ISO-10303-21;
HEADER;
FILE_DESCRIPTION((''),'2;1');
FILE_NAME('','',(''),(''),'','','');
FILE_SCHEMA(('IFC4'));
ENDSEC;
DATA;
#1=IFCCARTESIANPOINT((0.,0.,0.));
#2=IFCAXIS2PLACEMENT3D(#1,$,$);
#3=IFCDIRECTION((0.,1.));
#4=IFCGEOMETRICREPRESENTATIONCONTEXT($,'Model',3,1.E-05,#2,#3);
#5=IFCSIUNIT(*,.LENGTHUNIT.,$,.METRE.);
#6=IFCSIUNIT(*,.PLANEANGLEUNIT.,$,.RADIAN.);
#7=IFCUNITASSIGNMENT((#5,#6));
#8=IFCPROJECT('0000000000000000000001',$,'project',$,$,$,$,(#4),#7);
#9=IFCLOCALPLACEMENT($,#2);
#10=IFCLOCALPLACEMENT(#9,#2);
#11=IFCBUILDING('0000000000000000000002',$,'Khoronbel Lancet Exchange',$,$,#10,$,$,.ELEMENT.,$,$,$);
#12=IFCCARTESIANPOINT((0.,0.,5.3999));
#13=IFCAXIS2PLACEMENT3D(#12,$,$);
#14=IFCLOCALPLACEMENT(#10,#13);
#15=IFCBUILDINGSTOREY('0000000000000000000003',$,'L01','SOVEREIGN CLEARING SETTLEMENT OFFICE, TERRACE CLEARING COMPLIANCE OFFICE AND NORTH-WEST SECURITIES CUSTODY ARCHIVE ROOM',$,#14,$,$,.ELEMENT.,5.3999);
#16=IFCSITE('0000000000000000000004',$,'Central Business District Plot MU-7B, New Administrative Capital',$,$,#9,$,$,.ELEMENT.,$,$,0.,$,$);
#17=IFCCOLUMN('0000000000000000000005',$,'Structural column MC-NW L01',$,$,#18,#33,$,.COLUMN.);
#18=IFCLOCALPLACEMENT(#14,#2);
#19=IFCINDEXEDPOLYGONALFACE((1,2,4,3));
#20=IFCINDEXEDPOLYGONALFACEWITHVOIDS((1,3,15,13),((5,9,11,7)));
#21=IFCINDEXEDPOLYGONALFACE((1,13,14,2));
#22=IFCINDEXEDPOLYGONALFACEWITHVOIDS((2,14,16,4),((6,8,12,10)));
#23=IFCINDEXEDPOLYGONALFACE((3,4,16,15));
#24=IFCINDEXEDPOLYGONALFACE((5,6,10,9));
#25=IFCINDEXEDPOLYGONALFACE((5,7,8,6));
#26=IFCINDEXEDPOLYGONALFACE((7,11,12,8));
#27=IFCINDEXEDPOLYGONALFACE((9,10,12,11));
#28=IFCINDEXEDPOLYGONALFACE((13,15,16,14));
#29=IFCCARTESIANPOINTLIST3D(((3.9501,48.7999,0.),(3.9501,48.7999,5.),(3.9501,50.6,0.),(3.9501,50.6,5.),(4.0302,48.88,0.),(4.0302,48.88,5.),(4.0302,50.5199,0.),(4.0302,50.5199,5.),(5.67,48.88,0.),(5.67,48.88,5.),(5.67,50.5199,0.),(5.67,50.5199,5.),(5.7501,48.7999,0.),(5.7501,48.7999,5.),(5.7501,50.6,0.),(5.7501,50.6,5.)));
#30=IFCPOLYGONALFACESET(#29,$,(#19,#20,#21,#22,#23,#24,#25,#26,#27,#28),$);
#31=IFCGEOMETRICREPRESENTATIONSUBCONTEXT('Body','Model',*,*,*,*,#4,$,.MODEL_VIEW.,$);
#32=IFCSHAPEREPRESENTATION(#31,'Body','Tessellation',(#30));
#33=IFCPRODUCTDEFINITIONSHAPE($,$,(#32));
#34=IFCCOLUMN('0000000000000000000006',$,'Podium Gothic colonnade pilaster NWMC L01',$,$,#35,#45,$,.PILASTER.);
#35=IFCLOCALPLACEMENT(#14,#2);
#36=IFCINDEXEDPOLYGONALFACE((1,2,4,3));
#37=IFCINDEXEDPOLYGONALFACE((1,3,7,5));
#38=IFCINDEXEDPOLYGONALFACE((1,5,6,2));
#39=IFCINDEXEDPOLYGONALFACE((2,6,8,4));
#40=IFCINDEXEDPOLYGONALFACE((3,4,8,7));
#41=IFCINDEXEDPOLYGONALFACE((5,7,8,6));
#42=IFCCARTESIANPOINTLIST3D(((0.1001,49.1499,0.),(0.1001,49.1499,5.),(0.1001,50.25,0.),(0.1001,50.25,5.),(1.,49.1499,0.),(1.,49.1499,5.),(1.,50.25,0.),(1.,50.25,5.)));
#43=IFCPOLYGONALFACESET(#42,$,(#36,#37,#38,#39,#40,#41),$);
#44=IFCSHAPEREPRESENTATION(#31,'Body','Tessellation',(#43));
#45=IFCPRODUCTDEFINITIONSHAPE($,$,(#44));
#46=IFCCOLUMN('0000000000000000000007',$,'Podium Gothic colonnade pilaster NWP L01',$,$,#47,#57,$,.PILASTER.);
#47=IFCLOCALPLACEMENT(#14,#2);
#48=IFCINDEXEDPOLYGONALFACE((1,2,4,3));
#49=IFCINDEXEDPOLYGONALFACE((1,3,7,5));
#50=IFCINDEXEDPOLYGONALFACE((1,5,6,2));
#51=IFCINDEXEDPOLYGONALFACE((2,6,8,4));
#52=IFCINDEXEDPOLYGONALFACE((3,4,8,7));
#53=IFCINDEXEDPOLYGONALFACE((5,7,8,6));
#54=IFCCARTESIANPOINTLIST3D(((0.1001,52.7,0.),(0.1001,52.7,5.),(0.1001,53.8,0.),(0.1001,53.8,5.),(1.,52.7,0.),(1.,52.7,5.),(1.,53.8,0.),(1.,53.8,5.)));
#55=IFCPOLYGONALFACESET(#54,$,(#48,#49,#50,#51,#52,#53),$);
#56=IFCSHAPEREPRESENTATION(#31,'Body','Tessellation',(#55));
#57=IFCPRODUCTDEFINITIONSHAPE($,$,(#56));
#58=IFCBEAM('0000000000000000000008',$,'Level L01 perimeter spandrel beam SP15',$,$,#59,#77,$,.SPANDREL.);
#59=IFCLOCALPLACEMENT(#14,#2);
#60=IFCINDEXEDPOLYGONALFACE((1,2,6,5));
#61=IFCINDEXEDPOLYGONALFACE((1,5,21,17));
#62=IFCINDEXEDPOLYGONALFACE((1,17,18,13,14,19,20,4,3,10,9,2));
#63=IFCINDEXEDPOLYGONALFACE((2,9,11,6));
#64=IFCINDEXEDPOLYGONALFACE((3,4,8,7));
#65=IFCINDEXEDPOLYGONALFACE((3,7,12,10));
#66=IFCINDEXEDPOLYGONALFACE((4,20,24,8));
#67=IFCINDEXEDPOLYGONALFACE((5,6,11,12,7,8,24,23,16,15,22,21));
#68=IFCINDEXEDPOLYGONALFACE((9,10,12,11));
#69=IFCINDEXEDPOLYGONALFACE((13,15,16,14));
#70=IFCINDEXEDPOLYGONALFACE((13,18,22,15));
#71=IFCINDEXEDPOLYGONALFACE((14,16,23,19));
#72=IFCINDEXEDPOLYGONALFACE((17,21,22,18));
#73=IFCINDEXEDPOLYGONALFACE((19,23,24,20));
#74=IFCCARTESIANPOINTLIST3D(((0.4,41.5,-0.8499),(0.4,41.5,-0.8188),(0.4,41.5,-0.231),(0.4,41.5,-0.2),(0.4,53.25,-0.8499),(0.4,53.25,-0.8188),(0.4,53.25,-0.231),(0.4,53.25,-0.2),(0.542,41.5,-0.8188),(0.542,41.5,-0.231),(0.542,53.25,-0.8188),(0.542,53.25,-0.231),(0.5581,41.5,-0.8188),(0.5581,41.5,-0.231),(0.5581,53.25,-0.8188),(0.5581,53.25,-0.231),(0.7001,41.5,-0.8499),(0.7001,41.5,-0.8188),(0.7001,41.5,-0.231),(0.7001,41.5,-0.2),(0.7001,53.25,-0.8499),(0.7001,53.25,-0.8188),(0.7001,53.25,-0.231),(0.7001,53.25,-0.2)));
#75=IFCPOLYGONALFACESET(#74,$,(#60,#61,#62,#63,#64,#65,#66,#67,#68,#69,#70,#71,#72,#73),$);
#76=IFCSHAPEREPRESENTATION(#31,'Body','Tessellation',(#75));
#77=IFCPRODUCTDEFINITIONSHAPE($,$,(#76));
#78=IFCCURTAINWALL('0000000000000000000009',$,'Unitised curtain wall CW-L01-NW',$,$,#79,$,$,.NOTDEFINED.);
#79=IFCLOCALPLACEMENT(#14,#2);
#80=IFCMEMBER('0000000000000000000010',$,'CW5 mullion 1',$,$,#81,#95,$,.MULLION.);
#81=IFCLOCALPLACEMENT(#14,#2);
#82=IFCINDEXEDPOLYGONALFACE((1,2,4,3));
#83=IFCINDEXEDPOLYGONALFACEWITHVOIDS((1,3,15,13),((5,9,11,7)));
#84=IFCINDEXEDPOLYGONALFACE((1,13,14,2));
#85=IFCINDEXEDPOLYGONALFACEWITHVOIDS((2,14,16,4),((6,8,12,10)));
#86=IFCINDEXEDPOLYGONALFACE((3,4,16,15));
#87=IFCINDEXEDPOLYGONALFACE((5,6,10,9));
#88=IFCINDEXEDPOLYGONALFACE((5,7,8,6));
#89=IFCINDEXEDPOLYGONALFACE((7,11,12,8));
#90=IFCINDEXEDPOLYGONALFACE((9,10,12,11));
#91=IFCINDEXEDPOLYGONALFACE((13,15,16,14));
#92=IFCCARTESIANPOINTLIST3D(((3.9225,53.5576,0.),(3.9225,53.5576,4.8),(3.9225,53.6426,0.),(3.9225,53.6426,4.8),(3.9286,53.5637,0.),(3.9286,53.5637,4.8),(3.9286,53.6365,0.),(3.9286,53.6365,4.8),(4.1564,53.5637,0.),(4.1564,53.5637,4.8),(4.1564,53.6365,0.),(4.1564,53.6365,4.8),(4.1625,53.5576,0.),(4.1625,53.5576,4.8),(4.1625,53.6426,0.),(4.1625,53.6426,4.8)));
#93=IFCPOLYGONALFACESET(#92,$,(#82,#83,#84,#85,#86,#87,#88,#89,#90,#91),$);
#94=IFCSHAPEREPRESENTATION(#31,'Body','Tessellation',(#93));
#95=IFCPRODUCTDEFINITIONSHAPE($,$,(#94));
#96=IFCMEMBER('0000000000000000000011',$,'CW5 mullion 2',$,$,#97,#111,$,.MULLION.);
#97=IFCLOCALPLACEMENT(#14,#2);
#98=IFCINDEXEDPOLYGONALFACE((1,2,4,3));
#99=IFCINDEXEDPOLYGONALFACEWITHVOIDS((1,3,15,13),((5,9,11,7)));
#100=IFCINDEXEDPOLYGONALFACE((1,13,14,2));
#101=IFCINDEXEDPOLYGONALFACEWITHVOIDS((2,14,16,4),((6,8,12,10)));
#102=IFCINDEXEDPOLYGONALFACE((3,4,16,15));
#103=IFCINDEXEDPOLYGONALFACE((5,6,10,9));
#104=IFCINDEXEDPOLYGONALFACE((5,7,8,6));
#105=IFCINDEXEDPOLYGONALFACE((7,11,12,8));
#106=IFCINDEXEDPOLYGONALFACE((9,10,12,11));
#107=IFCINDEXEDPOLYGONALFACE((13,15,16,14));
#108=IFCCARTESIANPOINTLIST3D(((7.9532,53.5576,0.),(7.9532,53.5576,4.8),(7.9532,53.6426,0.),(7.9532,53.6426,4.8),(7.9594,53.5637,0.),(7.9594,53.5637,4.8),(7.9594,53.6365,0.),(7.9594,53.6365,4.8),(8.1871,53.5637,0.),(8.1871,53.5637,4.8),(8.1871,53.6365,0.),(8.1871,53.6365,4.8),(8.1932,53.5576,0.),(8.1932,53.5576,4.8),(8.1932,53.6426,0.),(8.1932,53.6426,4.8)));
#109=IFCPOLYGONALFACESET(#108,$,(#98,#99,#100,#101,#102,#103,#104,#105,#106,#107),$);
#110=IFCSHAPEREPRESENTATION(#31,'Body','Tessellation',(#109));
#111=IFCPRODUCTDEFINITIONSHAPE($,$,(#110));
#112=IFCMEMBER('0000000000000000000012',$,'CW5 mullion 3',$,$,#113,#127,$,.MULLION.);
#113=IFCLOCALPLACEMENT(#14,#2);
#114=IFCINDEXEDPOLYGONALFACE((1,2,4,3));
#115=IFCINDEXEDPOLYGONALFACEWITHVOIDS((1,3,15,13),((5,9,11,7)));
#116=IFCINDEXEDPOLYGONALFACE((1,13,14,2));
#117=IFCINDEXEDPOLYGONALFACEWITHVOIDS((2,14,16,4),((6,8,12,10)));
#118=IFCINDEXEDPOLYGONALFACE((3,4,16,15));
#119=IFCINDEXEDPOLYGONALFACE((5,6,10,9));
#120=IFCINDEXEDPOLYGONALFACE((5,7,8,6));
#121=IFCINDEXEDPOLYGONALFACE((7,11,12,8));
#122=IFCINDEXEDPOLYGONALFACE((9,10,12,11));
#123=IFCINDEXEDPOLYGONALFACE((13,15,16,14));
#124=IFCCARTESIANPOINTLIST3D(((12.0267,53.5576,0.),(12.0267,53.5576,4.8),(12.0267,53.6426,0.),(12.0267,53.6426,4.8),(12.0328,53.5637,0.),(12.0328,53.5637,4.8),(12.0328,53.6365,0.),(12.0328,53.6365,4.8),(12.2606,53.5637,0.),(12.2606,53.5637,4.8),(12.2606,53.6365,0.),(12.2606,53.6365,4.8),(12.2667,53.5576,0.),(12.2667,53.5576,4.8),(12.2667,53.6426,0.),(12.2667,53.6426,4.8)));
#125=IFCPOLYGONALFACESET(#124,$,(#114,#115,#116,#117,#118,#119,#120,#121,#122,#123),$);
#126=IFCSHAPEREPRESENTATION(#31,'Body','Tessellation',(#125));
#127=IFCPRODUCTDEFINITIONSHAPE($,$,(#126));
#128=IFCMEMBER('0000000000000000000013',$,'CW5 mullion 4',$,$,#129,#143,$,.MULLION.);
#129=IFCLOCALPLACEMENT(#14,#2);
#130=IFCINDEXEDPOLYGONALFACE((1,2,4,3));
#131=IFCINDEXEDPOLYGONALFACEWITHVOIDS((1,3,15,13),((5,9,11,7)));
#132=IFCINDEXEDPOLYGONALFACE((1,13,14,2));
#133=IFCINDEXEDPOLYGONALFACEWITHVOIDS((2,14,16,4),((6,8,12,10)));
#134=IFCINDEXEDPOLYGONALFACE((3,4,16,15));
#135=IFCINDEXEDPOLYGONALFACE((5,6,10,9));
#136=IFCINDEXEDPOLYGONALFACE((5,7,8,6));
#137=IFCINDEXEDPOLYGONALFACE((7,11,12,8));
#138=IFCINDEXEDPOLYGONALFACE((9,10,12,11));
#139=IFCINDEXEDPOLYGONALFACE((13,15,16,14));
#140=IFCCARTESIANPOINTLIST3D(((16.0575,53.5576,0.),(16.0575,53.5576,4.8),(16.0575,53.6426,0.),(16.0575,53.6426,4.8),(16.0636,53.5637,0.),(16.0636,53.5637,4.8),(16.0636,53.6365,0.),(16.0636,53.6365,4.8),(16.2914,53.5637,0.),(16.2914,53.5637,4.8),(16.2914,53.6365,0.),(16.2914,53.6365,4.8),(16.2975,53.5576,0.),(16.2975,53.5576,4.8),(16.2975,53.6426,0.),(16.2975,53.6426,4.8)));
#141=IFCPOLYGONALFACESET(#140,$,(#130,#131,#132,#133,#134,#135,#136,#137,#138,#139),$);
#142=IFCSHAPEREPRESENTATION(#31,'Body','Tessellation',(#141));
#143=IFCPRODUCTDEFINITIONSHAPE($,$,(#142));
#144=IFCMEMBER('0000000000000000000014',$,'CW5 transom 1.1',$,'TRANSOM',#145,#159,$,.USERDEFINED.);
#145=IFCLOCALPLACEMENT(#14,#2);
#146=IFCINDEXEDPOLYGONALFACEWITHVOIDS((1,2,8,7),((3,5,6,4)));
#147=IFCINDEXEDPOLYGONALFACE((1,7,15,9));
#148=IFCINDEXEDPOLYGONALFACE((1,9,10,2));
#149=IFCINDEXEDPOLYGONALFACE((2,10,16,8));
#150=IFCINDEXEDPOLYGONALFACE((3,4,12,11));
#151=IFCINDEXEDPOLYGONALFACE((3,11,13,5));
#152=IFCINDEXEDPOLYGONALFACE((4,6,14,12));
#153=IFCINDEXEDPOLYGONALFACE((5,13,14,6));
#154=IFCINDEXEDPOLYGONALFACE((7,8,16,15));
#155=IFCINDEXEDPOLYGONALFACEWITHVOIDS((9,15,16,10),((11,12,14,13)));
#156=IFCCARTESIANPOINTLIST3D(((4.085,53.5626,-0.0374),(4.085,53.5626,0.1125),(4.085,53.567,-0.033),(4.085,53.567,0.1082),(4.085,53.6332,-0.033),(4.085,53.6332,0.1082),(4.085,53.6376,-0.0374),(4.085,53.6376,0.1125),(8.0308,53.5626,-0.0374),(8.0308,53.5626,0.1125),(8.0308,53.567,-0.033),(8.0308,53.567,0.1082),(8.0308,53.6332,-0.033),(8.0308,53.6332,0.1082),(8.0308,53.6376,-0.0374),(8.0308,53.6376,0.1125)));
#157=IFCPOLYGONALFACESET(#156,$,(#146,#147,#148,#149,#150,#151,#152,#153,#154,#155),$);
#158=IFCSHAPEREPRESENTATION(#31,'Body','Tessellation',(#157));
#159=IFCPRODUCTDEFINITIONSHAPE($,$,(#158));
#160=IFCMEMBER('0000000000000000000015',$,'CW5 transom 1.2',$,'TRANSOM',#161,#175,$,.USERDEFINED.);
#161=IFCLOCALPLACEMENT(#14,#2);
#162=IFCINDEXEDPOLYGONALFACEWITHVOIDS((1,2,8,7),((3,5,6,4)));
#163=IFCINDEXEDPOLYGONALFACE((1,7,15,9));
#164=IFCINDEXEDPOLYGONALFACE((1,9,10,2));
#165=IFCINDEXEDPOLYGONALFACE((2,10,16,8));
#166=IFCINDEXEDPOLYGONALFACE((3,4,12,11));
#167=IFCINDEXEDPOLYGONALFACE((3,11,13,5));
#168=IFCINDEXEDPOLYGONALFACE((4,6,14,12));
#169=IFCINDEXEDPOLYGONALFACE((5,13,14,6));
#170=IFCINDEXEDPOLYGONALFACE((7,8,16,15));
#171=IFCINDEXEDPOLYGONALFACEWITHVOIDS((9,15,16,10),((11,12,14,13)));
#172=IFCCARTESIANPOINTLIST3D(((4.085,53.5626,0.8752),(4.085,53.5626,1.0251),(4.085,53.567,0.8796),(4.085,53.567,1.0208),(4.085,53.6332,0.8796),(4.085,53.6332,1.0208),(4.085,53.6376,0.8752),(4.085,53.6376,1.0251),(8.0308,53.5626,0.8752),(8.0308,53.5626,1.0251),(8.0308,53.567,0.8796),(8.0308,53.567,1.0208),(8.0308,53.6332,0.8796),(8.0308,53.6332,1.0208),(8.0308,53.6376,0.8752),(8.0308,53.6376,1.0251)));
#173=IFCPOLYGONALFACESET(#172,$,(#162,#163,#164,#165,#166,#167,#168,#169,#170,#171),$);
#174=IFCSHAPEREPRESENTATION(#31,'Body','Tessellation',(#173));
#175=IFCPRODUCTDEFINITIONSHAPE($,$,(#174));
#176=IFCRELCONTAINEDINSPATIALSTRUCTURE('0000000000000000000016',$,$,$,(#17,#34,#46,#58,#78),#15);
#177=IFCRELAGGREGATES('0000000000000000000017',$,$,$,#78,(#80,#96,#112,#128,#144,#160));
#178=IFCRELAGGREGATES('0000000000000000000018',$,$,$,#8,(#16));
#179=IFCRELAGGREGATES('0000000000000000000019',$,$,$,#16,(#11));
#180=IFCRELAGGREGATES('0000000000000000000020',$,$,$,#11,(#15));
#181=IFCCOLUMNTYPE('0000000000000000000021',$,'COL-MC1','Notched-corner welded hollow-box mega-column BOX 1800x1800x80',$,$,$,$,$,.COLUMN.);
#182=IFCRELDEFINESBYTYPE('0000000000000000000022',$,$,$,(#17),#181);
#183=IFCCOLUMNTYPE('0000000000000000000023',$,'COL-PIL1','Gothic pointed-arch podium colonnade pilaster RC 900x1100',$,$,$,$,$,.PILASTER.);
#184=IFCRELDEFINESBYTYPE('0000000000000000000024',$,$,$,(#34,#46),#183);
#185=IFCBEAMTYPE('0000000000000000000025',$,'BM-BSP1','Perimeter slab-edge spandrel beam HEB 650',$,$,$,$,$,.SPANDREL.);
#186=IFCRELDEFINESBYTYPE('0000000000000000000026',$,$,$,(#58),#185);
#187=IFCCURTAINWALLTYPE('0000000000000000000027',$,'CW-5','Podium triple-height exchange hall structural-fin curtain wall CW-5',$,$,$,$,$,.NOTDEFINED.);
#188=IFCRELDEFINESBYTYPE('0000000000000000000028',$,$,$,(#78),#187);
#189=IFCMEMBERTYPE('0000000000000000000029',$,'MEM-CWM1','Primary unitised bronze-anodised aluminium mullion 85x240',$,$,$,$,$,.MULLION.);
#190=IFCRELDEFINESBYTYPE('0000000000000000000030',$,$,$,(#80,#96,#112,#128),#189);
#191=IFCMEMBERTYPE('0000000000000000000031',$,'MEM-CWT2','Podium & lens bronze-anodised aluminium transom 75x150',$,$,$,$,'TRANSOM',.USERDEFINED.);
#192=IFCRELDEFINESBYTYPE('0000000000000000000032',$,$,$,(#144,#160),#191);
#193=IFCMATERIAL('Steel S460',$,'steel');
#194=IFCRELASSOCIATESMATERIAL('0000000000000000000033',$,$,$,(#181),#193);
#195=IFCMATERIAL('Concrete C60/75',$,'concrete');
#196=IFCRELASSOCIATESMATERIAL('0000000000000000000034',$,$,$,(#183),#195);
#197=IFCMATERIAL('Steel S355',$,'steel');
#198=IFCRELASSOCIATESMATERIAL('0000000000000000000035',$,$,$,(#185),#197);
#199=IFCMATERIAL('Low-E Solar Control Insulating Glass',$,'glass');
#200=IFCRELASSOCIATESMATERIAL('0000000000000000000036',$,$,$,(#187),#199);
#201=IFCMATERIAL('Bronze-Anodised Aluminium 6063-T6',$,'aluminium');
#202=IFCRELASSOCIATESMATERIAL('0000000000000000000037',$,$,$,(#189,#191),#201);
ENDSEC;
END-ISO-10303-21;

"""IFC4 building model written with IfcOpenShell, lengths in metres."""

from ifc_helpers import new_model, si_unit, direction, frame, origin, origin_2d, place, context, subcontext, project, spatial, rectangle, hollow_rectangle, i_section, extrude, material, material_profile, profile_set, type_object, element, aggregate, save


model = new_model("IFC4")

# Units and contexts
model_context = context("Model", 3, precision=1e-05, world=origin(), true_north=direction((0.0, 1.0)))
body_context = subcontext(model_context, "Body", "Model", "MODEL_VIEW")
ifc_project = project(units=[si_unit("LENGTHUNIT", "METRE"), si_unit("PLANEANGLEUNIT", "RADIAN")], contexts=[model_context])

# Site, building, storey
site_placement = place(None, origin())
site = spatial("IfcSite", under=ifc_project, at=site_placement, Name="Central Business District Plot MU-7B, New Administrative Capital", CompositionType="ELEMENT", RefElevation=0.0)
building_placement = place(site_placement, origin())
building = spatial("IfcBuilding", under=site, at=building_placement, Name="Khoronbel Lancet Exchange", CompositionType="ELEMENT")
storey_placement = place(building_placement, frame((0.0, 0.0, 5.3999)))
storey = spatial("IfcBuildingStorey", under=building, at=storey_placement, Name="L01", Description="SOVEREIGN CLEARING SETTLEMENT OFFICE, TERRACE CLEARING COMPLIANCE OFFICE AND NORTH-WEST SECURITIES CUSTODY ARCHIVE ROOM", CompositionType="ELEMENT", Elevation=5.3999)

# Columns
ifc_material_1 = material(Name="Steel S460", Category="steel")
ifc_material_profile_1 = material_profile(ifc_material_1, hollow_rectangle(XDim=1.8, YDim=1.8, WallThickness=0.0801, at=origin_2d()), Name="BOX 1800x1800x80")
ifc_profile_set_1 = profile_set([ifc_material_profile_1], Name="Steel S460")
column_type_1 = type_object("IfcColumnType", Name="COL-MC1", Description="Notched-corner welded hollow-box mega-column BOX 1800x1800x80", PredefinedType="COLUMN", material=ifc_profile_set_1)
column_placement = place(storey_placement, frame((4.8501, 49.7, 0.0), z_axis=(0.0, 0.0, 1.0), x_axis=(1.0, 0.0, 0.0)))
element("IfcColumn", 1, at=column_placement, inside=storey, type_object=column_type_1, Name="Structural column MC-NW L01", PredefinedType="COLUMN", context=body_context, shape_type="SweptSolid", body=[
    extrude(hollow_rectangle(XDim=1.8, YDim=1.8, WallThickness=0.0801, at=origin_2d()), origin(), (0.0, 0.0, 1.0), 5.0),
])
ifc_material_2 = material(Name="Concrete C60/75", Category="concrete")
ifc_material_profile_2 = material_profile(ifc_material_2, rectangle(XDim=0.8999, YDim=1.1001, at=origin_2d()), Name="RC 900x1100")
ifc_profile_set_2 = profile_set([ifc_material_profile_2], Name="Concrete C60/75")
column_type_2 = type_object("IfcColumnType", Name="COL-PIL1", Description="Gothic pointed-arch podium colonnade pilaster RC 900x1100", PredefinedType="PILASTER", material=ifc_profile_set_2)
for number, where, z_axis, x_axis, name in (
    (2, (0.55, 49.7, 0.0), (0.0, 0.0, 1.0), (1.0, 0.0, 0.0), "Podium Gothic colonnade pilaster NWMC L01"),
    (3, (0.55, 53.25, 0.0), (0.0, 0.0, 1.0), (1.0, 0.0, 0.0), "Podium Gothic colonnade pilaster NWP L01"),
):
    element("IfcColumn", number, at=place(storey_placement, frame(where, z_axis=z_axis, x_axis=x_axis)), inside=storey, type_object=column_type_2, Name=name, PredefinedType="PILASTER", context=body_context, shape_type="SweptSolid", body=[
        extrude(rectangle(XDim=0.8999, YDim=1.1001, at=origin_2d()), origin(), (0.0, 0.0, 1.0), 5.0),
    ])

# Beam
ifc_material_3 = material(Name="Steel S355", Category="steel")
ifc_material_profile_3 = material_profile(ifc_material_3, i_section(OverallWidth=0.3, OverallDepth=0.6499, WebThickness=0.0161, FlangeThickness=0.031, at=origin_2d()), Name="HEB 650")
ifc_profile_set_3 = profile_set([ifc_material_profile_3], Name="Steel S355")
beam_type = type_object("IfcBeamType", Name="BM-BSP1", Description="Perimeter slab-edge spandrel beam HEB 650", PredefinedType="SPANDREL", material=ifc_profile_set_3)
beam_placement = place(storey_placement, frame((0.55, 53.25, -0.5249), z_axis=(0.0, -1.0, 0.0), x_axis=(1.0, 0.0, 0.0)))
element("IfcBeam", 4, at=beam_placement, inside=storey, type_object=beam_type, Name="Level L01 perimeter spandrel beam SP15", PredefinedType="SPANDREL", context=body_context, shape_type="SweptSolid", body=[
    extrude(i_section(OverallWidth=0.3, OverallDepth=0.6499, WebThickness=0.0161, FlangeThickness=0.031, at=origin_2d()), origin(), (0.0, 0.0, 1.0), 11.75),
])

# Curtain wall, members
ifc_material_4 = material(Name="Low-E Solar Control Insulating Glass", Category="glass")
curtain_wall_type = type_object("IfcCurtainWallType", Name="CW-5", Description="Podium triple-height exchange hall structural-fin curtain wall CW-5", PredefinedType="NOTDEFINED", material=ifc_material_4)
curtain_wall_placement = place(storey_placement, origin())
curtain_wall = element("IfcCurtainWall", 5, at=curtain_wall_placement, inside=storey, type_object=curtain_wall_type, Name="Unitised curtain wall CW-L01-NW", PredefinedType="NOTDEFINED")
ifc_material_5 = material(Name="Bronze-Anodised Aluminium 6063-T6", Category="aluminium")
ifc_material_profile_4 = material_profile(ifc_material_5, hollow_rectangle(XDim=0.085, YDim=0.24, WallThickness=0.0061, at=origin_2d()), Name="ALU MULLION 85x240")
ifc_profile_set_4 = profile_set([ifc_material_profile_4], Name="Bronze-Anodised Aluminium 6063-T6")
member_type_1 = type_object("IfcMemberType", Name="MEM-CWM1", Description="Primary unitised bronze-anodised aluminium mullion 85x240", PredefinedType="MULLION", material=ifc_profile_set_4)
member_1_placement = place(storey_placement, frame((4.0425, 53.6001, 0.0), z_axis=(0.0, 0.0, 1.0), x_axis=(0.0, 1.0, 0.0)))
member_1 = element("IfcMember", 6, at=member_1_placement, type_object=member_type_1, Name="CW5 mullion 1", PredefinedType="MULLION", context=body_context, shape_type="SweptSolid", body=[
    extrude(hollow_rectangle(XDim=0.085, YDim=0.24, WallThickness=0.0061, at=origin_2d()), origin(), (0.0, 0.0, 1.0), 4.8),
])
member_2_placement = place(storey_placement, frame((8.0732, 53.6001, 0.0), z_axis=(0.0, 0.0, 1.0), x_axis=(0.0, 1.0, 0.0)))
member_2 = element("IfcMember", 7, at=member_2_placement, type_object=member_type_1, Name="CW5 mullion 2", PredefinedType="MULLION", context=body_context, shape_type="SweptSolid", body=[
    extrude(hollow_rectangle(XDim=0.085, YDim=0.24, WallThickness=0.0061, at=origin_2d()), origin(), (0.0, 0.0, 1.0), 4.8),
])
member_3_placement = place(storey_placement, frame((12.1467, 53.6001, 0.0), z_axis=(0.0, 0.0, 1.0), x_axis=(0.0, 1.0, 0.0)))
member_3 = element("IfcMember", 8, at=member_3_placement, type_object=member_type_1, Name="CW5 mullion 3", PredefinedType="MULLION", context=body_context, shape_type="SweptSolid", body=[
    extrude(hollow_rectangle(XDim=0.085, YDim=0.24, WallThickness=0.0061, at=origin_2d()), origin(), (0.0, 0.0, 1.0), 4.8),
])
member_4_placement = place(storey_placement, frame((16.1775, 53.6001, 0.0), z_axis=(0.0, 0.0, 1.0), x_axis=(0.0, 1.0, 0.0)))
member_4 = element("IfcMember", 9, at=member_4_placement, type_object=member_type_1, Name="CW5 mullion 4", PredefinedType="MULLION", context=body_context, shape_type="SweptSolid", body=[
    extrude(hollow_rectangle(XDim=0.085, YDim=0.24, WallThickness=0.0061, at=origin_2d()), origin(), (0.0, 0.0, 1.0), 4.8),
])
ifc_material_profile_5 = material_profile(ifc_material_5, hollow_rectangle(XDim=0.075, YDim=0.1499, WallThickness=0.0044, at=origin_2d()), Name="ALU TRANSOM 75x150")
ifc_profile_set_5 = profile_set([ifc_material_profile_5], Name="Bronze-Anodised Aluminium 6063-T6")
member_type_2 = type_object("IfcMemberType", Name="MEM-CWT2", Description="Podium & lens bronze-anodised aluminium transom 75x150", ElementType="TRANSOM", PredefinedType="USERDEFINED", material=ifc_profile_set_5)
member_5_placement = place(storey_placement, frame((4.085, 53.6001, 0.0376), z_axis=(1.0, 0.0, 0.0), x_axis=(0.0, 1.0, 0.0)))
member_5 = element("IfcMember", 10, at=member_5_placement, type_object=member_type_2, Name="CW5 transom 1.1", ObjectType="TRANSOM", PredefinedType="USERDEFINED", context=body_context, shape_type="SweptSolid", body=[
    extrude(hollow_rectangle(XDim=0.075, YDim=0.1499, WallThickness=0.0044, at=origin_2d()), origin(), (0.0, 0.0, 1.0), 3.9458),
])
member_6_placement = place(storey_placement, frame((4.085, 53.6001, 0.9502), z_axis=(1.0, 0.0, 0.0), x_axis=(0.0, 1.0, 0.0)))
member_6 = element("IfcMember", 11, at=member_6_placement, type_object=member_type_2, Name="CW5 transom 1.2", ObjectType="TRANSOM", PredefinedType="USERDEFINED", context=body_context, shape_type="SweptSolid", body=[
    extrude(hollow_rectangle(XDim=0.075, YDim=0.1499, WallThickness=0.0044, at=origin_2d()), origin(), (0.0, 0.0, 1.0), 3.9458),
])
aggregate(curtain_wall, [member_1, member_2, member_3, member_4, member_5, member_6])

save(model, "model.ifc")
